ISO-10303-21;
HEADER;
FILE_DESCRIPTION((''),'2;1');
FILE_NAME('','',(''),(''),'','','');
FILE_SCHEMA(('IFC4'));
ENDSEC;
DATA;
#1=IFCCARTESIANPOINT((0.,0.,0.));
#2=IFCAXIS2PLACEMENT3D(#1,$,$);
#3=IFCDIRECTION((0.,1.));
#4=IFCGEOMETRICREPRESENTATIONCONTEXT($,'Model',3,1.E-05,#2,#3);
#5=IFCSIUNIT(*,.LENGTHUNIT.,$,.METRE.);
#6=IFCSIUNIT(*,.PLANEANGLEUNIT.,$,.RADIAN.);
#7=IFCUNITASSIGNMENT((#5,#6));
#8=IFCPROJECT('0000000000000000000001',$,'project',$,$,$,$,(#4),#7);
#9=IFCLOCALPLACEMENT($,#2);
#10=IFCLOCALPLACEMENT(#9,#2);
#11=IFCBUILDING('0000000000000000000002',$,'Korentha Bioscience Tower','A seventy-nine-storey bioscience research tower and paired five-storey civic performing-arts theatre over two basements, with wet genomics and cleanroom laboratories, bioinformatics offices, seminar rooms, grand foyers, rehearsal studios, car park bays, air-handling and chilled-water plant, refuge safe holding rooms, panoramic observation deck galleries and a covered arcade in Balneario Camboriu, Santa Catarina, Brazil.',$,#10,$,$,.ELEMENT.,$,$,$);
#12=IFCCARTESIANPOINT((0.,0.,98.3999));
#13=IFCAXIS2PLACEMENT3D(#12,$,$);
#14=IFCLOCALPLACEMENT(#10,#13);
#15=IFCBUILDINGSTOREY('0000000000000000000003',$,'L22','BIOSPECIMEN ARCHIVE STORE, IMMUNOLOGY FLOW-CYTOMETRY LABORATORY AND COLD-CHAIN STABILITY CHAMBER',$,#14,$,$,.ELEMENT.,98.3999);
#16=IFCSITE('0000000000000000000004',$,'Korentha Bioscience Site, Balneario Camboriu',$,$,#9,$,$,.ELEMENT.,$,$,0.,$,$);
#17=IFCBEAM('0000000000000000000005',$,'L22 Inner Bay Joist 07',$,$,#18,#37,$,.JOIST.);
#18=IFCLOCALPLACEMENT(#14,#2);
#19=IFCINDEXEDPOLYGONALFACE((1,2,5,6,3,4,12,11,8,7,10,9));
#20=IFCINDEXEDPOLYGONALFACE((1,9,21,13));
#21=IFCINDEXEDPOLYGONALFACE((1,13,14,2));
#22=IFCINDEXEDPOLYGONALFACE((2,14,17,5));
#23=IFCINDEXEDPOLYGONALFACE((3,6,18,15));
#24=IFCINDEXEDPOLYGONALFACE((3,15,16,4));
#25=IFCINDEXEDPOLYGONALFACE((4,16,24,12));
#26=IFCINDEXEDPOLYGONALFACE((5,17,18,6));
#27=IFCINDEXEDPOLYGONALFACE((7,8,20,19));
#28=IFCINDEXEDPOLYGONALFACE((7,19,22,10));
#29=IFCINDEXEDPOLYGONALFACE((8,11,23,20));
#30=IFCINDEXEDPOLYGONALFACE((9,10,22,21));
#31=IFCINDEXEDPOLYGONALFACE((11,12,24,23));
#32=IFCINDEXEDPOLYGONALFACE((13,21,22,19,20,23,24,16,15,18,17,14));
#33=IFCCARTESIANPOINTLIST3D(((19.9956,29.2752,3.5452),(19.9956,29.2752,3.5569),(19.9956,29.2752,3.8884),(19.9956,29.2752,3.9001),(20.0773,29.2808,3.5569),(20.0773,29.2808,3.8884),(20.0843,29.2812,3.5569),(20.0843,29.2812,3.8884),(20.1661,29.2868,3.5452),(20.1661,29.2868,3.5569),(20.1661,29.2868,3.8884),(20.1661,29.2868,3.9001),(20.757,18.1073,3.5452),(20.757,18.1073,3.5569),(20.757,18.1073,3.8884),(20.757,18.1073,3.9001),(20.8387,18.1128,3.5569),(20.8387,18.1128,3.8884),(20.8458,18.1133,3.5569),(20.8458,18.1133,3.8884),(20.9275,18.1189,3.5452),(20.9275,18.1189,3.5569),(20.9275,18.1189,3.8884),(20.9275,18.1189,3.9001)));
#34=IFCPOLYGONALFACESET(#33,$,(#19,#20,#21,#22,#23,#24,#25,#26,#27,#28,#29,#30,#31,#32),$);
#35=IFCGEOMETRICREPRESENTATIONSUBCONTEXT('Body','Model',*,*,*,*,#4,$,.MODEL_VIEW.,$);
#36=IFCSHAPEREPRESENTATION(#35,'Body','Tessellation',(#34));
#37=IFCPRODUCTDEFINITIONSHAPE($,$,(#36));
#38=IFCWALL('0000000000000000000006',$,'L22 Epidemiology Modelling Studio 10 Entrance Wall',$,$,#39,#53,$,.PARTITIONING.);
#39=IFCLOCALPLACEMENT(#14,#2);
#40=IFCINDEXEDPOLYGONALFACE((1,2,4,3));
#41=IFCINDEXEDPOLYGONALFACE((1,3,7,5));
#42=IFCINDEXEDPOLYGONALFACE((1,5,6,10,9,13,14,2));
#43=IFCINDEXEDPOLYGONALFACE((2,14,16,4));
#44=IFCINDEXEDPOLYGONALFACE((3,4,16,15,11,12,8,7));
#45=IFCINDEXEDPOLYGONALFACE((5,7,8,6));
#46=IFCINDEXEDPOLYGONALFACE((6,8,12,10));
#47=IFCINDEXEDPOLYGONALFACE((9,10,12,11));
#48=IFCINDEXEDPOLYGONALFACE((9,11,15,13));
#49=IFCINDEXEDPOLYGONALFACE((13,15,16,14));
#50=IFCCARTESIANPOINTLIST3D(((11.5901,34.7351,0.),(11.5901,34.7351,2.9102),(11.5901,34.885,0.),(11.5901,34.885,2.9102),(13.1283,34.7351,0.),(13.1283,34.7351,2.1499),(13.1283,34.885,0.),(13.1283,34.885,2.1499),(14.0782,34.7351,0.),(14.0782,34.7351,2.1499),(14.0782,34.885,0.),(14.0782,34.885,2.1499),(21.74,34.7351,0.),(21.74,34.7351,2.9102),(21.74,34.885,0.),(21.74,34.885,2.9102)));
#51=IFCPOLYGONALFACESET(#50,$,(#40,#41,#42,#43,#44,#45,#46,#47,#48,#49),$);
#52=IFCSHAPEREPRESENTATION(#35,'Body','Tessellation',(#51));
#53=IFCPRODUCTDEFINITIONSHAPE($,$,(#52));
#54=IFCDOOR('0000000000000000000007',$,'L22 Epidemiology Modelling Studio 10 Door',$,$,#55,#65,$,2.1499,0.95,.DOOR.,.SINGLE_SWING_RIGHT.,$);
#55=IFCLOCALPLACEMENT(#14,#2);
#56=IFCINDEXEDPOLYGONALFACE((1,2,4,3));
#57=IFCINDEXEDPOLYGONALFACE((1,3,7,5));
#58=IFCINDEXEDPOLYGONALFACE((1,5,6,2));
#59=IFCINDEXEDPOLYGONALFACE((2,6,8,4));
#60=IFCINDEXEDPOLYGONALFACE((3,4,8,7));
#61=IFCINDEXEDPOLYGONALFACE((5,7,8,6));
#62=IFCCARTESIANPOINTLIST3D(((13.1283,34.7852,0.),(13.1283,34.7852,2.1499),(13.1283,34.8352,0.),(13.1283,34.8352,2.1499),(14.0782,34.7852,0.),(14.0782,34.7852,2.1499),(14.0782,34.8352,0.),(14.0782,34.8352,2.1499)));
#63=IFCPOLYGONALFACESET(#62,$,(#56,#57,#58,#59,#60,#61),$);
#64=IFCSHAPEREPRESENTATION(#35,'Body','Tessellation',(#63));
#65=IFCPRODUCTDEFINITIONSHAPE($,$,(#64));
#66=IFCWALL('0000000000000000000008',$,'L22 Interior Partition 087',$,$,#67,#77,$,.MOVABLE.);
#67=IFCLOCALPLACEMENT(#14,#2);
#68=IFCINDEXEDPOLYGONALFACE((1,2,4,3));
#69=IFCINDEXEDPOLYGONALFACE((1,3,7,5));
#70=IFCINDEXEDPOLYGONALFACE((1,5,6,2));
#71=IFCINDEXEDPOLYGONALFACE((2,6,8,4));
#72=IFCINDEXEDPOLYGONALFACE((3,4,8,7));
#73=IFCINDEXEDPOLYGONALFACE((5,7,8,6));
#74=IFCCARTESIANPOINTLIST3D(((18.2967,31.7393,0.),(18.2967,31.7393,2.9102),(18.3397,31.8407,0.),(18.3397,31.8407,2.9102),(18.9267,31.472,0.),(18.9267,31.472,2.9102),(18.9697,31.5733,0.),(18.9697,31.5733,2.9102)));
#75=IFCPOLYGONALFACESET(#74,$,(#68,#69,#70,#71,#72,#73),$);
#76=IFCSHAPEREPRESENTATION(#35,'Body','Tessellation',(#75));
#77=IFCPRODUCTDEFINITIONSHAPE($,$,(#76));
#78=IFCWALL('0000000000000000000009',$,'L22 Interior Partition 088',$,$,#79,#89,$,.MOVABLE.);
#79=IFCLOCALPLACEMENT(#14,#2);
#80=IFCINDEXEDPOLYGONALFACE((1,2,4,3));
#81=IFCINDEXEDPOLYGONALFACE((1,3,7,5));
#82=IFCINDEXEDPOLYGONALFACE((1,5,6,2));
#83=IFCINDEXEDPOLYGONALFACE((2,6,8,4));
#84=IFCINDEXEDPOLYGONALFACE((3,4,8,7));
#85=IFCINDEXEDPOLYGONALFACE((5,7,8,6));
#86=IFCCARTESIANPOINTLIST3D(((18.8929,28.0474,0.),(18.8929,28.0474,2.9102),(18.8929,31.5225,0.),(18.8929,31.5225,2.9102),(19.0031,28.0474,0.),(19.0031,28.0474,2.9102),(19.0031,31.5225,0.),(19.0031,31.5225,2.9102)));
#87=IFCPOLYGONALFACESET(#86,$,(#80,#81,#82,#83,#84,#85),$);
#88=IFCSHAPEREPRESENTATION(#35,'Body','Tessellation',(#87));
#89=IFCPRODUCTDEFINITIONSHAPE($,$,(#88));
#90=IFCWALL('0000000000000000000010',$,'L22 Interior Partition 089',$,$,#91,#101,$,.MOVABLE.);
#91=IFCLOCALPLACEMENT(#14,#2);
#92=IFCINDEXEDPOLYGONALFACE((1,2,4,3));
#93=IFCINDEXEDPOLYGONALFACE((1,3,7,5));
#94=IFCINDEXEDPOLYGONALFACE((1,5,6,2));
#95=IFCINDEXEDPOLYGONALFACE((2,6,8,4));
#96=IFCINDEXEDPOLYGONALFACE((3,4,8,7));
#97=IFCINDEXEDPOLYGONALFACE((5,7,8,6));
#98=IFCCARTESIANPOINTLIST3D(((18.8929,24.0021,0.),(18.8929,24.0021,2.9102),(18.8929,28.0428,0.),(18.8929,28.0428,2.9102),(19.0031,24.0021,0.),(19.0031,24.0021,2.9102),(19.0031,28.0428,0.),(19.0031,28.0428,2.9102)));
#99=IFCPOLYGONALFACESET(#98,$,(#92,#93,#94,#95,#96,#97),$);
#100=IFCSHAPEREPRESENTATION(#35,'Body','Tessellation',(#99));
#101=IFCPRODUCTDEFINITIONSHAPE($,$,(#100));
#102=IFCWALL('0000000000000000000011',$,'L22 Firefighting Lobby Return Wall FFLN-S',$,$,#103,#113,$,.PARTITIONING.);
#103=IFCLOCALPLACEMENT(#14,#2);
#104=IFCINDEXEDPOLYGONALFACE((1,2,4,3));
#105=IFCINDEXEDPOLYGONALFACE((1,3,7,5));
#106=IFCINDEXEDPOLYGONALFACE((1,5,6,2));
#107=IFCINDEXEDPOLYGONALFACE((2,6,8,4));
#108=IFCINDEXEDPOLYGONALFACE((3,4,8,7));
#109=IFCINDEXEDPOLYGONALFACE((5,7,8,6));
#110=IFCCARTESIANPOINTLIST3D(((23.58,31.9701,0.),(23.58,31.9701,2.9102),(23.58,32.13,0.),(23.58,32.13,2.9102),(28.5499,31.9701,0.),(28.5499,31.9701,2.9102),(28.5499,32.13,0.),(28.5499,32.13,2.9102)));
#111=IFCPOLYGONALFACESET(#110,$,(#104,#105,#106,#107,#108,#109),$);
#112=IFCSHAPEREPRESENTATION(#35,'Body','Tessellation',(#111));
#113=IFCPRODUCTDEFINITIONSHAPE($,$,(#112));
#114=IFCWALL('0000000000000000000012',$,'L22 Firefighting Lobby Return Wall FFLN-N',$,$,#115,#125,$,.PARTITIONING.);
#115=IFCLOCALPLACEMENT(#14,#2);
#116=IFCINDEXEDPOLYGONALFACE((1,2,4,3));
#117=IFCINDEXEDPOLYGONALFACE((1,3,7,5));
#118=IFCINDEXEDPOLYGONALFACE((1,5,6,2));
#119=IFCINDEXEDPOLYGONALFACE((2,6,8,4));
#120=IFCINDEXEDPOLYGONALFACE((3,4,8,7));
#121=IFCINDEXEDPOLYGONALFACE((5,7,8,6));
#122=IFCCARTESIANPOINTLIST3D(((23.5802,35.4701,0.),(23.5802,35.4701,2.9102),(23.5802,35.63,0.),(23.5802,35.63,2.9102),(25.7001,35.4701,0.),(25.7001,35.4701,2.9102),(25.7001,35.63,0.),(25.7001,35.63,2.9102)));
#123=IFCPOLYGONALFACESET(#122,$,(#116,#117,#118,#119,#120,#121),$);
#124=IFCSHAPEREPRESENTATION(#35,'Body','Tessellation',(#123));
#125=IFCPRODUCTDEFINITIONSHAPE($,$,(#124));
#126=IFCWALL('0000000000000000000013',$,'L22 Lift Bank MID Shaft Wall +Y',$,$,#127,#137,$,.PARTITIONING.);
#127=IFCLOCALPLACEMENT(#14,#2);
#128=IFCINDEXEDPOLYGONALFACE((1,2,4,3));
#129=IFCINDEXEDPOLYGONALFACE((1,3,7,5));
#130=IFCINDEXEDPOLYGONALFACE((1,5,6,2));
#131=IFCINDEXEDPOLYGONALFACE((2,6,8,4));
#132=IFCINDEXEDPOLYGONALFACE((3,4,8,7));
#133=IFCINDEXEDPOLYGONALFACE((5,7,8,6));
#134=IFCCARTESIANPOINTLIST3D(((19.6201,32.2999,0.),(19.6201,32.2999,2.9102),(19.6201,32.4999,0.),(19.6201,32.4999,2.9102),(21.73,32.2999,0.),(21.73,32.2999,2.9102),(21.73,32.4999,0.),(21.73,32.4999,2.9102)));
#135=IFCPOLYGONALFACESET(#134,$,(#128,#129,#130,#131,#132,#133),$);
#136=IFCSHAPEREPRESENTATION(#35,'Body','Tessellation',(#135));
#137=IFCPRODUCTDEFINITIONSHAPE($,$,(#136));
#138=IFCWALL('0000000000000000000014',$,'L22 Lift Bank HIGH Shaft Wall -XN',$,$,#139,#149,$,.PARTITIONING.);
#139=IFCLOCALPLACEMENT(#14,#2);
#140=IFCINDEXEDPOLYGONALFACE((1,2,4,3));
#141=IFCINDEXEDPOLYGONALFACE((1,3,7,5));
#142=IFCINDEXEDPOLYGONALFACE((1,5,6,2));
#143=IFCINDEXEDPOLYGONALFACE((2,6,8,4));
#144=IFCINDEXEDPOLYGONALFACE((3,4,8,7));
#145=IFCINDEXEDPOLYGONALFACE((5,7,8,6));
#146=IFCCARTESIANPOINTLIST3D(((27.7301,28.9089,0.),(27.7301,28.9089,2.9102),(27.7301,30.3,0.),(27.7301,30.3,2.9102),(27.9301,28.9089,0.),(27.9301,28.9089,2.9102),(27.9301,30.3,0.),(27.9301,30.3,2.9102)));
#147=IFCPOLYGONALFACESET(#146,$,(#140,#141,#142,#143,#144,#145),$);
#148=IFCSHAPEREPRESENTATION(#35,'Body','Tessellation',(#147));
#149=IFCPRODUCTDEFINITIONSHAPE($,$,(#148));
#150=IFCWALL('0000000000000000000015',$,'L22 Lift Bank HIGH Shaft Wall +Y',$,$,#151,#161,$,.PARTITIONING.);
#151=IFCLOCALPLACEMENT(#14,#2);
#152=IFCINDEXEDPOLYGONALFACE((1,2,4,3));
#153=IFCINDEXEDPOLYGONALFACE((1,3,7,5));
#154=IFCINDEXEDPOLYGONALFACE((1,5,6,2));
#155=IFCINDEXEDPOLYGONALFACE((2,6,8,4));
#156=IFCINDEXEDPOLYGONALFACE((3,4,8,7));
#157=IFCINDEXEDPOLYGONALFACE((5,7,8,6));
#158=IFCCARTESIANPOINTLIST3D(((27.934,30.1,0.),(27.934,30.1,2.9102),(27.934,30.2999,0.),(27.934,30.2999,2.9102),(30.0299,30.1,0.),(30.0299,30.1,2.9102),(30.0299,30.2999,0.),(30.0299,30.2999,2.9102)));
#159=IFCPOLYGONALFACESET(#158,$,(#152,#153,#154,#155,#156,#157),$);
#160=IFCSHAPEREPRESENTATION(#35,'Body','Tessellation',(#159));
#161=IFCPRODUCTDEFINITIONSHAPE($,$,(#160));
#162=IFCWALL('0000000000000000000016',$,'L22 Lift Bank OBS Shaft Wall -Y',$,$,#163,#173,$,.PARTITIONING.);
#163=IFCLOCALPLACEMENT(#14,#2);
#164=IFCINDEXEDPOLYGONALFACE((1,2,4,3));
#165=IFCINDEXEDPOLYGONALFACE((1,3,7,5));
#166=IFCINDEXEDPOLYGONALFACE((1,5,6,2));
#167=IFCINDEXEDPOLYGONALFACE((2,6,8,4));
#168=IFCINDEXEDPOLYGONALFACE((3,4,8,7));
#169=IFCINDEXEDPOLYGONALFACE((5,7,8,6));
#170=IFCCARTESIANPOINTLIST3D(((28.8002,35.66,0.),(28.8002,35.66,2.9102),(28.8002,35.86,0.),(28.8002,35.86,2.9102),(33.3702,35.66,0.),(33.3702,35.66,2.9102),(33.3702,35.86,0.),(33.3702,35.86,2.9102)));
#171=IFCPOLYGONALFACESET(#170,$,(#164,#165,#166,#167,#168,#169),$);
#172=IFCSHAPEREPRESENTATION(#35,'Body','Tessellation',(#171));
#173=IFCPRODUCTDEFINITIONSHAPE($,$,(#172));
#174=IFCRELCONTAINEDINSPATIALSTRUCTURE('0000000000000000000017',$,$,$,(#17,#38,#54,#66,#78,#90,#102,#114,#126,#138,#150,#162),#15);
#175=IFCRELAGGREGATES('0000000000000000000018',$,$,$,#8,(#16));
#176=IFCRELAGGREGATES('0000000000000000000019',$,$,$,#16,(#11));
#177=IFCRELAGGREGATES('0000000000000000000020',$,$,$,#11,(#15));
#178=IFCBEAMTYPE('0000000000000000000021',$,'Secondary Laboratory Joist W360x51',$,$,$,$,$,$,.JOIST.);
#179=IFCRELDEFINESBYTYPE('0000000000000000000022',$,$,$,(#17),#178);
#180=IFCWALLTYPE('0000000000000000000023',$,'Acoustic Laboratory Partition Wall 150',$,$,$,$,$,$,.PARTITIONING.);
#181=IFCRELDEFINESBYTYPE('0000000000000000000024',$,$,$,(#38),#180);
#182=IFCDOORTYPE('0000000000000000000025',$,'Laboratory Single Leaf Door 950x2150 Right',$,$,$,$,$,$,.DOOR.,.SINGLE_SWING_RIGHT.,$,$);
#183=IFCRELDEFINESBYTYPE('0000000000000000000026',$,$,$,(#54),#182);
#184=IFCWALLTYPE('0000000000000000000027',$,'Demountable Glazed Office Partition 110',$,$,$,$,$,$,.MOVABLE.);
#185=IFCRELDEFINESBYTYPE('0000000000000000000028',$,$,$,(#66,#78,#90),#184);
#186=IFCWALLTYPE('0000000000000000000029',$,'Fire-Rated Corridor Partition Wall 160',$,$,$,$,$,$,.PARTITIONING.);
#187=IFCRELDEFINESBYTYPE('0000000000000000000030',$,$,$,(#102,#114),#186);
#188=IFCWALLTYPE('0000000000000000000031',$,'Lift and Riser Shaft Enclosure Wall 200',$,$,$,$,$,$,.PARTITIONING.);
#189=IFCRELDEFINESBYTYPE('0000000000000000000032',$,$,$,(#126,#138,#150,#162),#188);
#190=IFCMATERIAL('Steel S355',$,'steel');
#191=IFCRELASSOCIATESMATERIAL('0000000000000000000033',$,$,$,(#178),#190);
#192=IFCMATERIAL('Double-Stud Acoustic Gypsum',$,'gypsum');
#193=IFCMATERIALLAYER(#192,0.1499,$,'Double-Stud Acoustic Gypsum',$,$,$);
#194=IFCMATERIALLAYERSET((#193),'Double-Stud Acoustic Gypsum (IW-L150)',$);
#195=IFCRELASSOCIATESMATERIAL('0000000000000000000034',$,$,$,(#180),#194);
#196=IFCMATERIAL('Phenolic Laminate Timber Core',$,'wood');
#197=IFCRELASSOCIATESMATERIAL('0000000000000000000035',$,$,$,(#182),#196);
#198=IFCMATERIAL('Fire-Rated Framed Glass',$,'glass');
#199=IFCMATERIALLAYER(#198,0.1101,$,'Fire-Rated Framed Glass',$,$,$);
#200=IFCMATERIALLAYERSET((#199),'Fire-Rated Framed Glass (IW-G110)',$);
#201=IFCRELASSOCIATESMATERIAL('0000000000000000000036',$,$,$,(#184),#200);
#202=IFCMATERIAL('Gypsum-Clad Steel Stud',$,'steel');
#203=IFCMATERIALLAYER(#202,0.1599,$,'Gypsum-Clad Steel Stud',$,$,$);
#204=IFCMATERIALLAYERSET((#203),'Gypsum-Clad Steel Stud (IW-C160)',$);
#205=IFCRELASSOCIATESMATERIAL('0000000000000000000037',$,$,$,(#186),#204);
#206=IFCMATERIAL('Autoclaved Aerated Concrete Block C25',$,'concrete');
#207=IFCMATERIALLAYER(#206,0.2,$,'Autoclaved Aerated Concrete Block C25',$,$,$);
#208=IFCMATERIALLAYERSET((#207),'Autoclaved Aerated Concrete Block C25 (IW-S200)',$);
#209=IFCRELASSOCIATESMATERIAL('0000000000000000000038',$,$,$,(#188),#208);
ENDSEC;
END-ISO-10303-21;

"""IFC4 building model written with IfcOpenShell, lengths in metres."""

from ifc_helpers import new_model, si_unit, direction, frame, frame_2d, origin, origin_2d, place, context, subcontext, project, spatial, rectangle, i_section, extrude, material, layer, layer_set, material_profile, profile_set, type_object, element, fill, save


model = new_model("IFC4")

# Units and contexts
model_context = context("Model", 3, precision=1e-05, world=origin(), true_north=direction((0.0, 1.0)))
body_context = subcontext(model_context, "Body", "Model", "MODEL_VIEW")
ifc_project = project(units=[si_unit("LENGTHUNIT", "METRE"), si_unit("PLANEANGLEUNIT", "RADIAN")], contexts=[model_context])

# Site, building, storey
site_placement = place(None, origin())
site = spatial("IfcSite", under=ifc_project, at=site_placement, Name="Korentha Bioscience Site, Balneario Camboriu", CompositionType="ELEMENT", RefElevation=0.0)
building_placement = place(site_placement, origin())
building = spatial("IfcBuilding", under=site, at=building_placement, Name="Korentha Bioscience Tower", Description="A seventy-nine-storey bioscience research tower and paired five-storey civic performing-arts theatre over two basements, with wet genomics and cleanroom laboratories, bioinformatics offices, seminar rooms, grand foyers, rehearsal studios, car park bays, air-handling and chilled-water plant, refuge safe holding rooms, panoramic observation deck galleries and a covered arcade in Balneario Camboriu, Santa Catarina, Brazil.", CompositionType="ELEMENT")
storey_placement = place(building_placement, frame((0.0, 0.0, 98.3999)))
storey = spatial("IfcBuildingStorey", under=building, at=storey_placement, Name="L22", Description="BIOSPECIMEN ARCHIVE STORE, IMMUNOLOGY FLOW-CYTOMETRY LABORATORY AND COLD-CHAIN STABILITY CHAMBER", CompositionType="ELEMENT", Elevation=98.3999)

# Beam
ifc_material_1 = material(Name="Steel S355", Category="steel")
ifc_material_profile_1 = material_profile(ifc_material_1, i_section(OverallWidth=0.1709, OverallDepth=0.355, WebThickness=0.0071, FlangeThickness=0.0117, at=origin_2d()), Name="Steel S355")
ifc_profile_set_1 = profile_set([ifc_material_profile_1], Name="Steel S355 (JB-360)")
beam_type_1 = type_object("IfcBeamType", Name="Secondary Laboratory Joist W360x51", PredefinedType="JOIST", material=ifc_profile_set_1)
beam_1_placement = place(storey_placement, frame((20.0808, 29.281, 3.7227), z_axis=(0.068026, -0.997684, 0.0), x_axis=(0.997684, 0.068026, 0.0)))
element("IfcBeam", 1, at=beam_1_placement, inside=storey, type_object=beam_type_1, Name="L22 Inner Bay Joist 07", PredefinedType="JOIST", context=body_context, shape_type="SweptSolid", body=[
    extrude(i_section(OverallWidth=0.1709, OverallDepth=0.355, WebThickness=0.0071, FlangeThickness=0.0117, at=origin_2d()), origin(), (0.0, 0.0, 1.0), 11.1938),
])

# Wall, opening, door
ifc_material_2 = material(Name="Double-Stud Acoustic Gypsum", Category="gypsum")
ifc_layer_1 = layer(ifc_material_2, 0.1499, Name="Double-Stud Acoustic Gypsum")
ifc_layer_set_1 = layer_set([ifc_layer_1], Name="Double-Stud Acoustic Gypsum (IW-L150)")
wall_type_1 = type_object("IfcWallType", Name="Acoustic Laboratory Partition Wall 150", PredefinedType="PARTITIONING", material=ifc_layer_set_1)
wall_1_placement = place(storey_placement, frame((21.74, 34.8101, 0.0), z_axis=(0.0, 0.0, 1.0), x_axis=(-1.0, 0.0, 0.0)))
wall_1 = element("IfcWall", 2, at=wall_1_placement, inside=storey, type_object=wall_type_1, Name="L22 Epidemiology Modelling Studio 10 Entrance Wall", PredefinedType="PARTITIONING", context=body_context, shape_type="SweptSolid", body=[
    extrude(rectangle(XDim=10.1499, YDim=0.1499, at=frame_2d((5.075, 0.0))), origin(), (0.0, 0.0, 1.0), 2.9102),
])
opening_1_placement = place(wall_1_placement, frame((7.6616, 0.0, 0.0)))
opening_1 = element("IfcOpeningElement", 3, at=opening_1_placement, cuts=wall_1, PredefinedType="OPENING", context=body_context, shape_type="SweptSolid", body=[
    extrude(rectangle(XDim=0.95, YDim=2.1499, at=frame_2d((0.4751, 1.075))), frame((0.0, 0.0898, 0.0), z_axis=(0.0, -1.0, 0.0), x_axis=(1.0, 0.0, 0.0)), (0.0, 0.0, 1.0), 0.1797),
])
ifc_material_3 = material(Name="Phenolic Laminate Timber Core", Category="wood")
door_type_1 = type_object("IfcDoorType", Name="Laboratory Single Leaf Door 950x2150 Right", OperationType="SINGLE_SWING_RIGHT", PredefinedType="DOOR", material=ifc_material_3)
door_1_placement = place(opening_1_placement, origin())
door_1 = element("IfcDoor", 4, at=door_1_placement, inside=storey, type_object=door_type_1, Name="L22 Epidemiology Modelling Studio 10 Door", OperationType="SINGLE_SWING_RIGHT", OverallHeight=2.1499, OverallWidth=0.95, PredefinedType="DOOR", context=body_context, shape_type="SweptSolid", body=[
    extrude(rectangle(XDim=0.95, YDim=2.1499, at=frame_2d((0.4751, 1.075))), frame((0.0, 0.0249, 0.0), z_axis=(0.0, -1.0, 0.0), x_axis=(1.0, 0.0, 0.0)), (0.0, 0.0, 1.0), 0.05),
])
fill(opening_1, door_1)

# Walls
ifc_material_4 = material(Name="Fire-Rated Framed Glass", Category="glass")
ifc_layer_2 = layer(ifc_material_4, 0.1101, Name="Fire-Rated Framed Glass")
ifc_layer_set_2 = layer_set([ifc_layer_2], Name="Fire-Rated Framed Glass (IW-G110)")
wall_type_2 = type_object("IfcWallType", Name="Demountable Glazed Office Partition 110", PredefinedType="MOVABLE", material=ifc_layer_set_2)
wall_2_placement = place(storey_placement, frame((18.3181, 31.79, 0.0), z_axis=(0.0, 0.0, 1.0), x_axis=(0.920523, -0.390687, 0.0)))
element("IfcWall", 5, at=wall_2_placement, inside=storey, type_object=wall_type_2, Name="L22 Interior Partition 087", PredefinedType="MOVABLE", context=body_context, shape_type="SweptSolid", body=[
    extrude(rectangle(XDim=0.6843, YDim=0.1101, at=frame_2d((0.3423, 0.0))), origin(), (0.0, 0.0, 1.0), 2.9102),
])
wall_3_placement = place(storey_placement, frame((18.948, 31.5225, 0.0), z_axis=(0.0, 0.0, 1.0), x_axis=(0.0, -1.0, 0.0)))
element("IfcWall", 6, at=wall_3_placement, inside=storey, type_object=wall_type_2, Name="L22 Interior Partition 088", PredefinedType="MOVABLE", context=body_context, shape_type="SweptSolid", body=[
    extrude(rectangle(XDim=3.4751, YDim=0.1101, at=frame_2d((1.7375, 0.0))), origin(), (0.0, 0.0, 1.0), 2.9102),
])
wall_4_placement = place(storey_placement, frame((18.948, 28.043, 0.0), z_axis=(0.0, 0.0, 1.0), x_axis=(0.0, -1.0, 0.0)))
element("IfcWall", 7, at=wall_4_placement, inside=storey, type_object=wall_type_2, Name="L22 Interior Partition 089", PredefinedType="MOVABLE", context=body_context, shape_type="SweptSolid", body=[
    extrude(rectangle(XDim=4.0408, YDim=0.1101, at=frame_2d((2.0205, 0.0))), origin(), (0.0, 0.0, 1.0), 2.9102),
])

# Shared definitions
ifc_material_5 = material(Name="Gypsum-Clad Steel Stud", Category="steel")
ifc_layer_3 = layer(ifc_material_5, 0.1599, Name="Gypsum-Clad Steel Stud")
ifc_layer_set_3 = layer_set([ifc_layer_3], Name="Gypsum-Clad Steel Stud (IW-C160)")
wall_type_3 = type_object("IfcWallType", Name="Fire-Rated Corridor Partition Wall 160", PredefinedType="PARTITIONING", material=ifc_layer_set_3)

# Walls
wall_5_placement = place(storey_placement, frame((23.5801, 32.05, 0.0), z_axis=(0.0, 0.0, 1.0), x_axis=(1.0, 0.0, 0.0)))
element("IfcWall", 8, at=wall_5_placement, inside=storey, type_object=wall_type_3, Name="L22 Firefighting Lobby Return Wall FFLN-S", PredefinedType="PARTITIONING", context=body_context, shape_type="SweptSolid", body=[
    extrude(rectangle(XDim=4.97, YDim=0.1599, at=frame_2d((2.4849, 0.0))), origin(), (0.0, 0.0, 1.0), 2.9102),
])
wall_6_placement = place(storey_placement, frame((23.5801, 35.55, 0.0), z_axis=(0.0, 0.0, 1.0), x_axis=(1.0, 0.0, 0.0)))
element("IfcWall", 9, at=wall_6_placement, inside=storey, type_object=wall_type_3, Name="L22 Firefighting Lobby Return Wall FFLN-N", PredefinedType="PARTITIONING", context=body_context, shape_type="SweptSolid", body=[
    extrude(rectangle(XDim=2.1199, YDim=0.1599, at=frame_2d((1.0601, 0.0))), origin(), (0.0, 0.0, 1.0), 2.9102),
])
ifc_material_6 = material(Name="Autoclaved Aerated Concrete Block C25", Category="concrete")
ifc_layer_4 = layer(ifc_material_6, 0.2, Name="Autoclaved Aerated Concrete Block C25")
ifc_layer_set_4 = layer_set([ifc_layer_4], Name="Autoclaved Aerated Concrete Block C25 (IW-S200)")
wall_type_4 = type_object("IfcWallType", Name="Lift and Riser Shaft Enclosure Wall 200", PredefinedType="PARTITIONING", material=ifc_layer_set_4)
wall_7_placement = place(storey_placement, frame((19.6201, 32.3999, 0.0), z_axis=(0.0, 0.0, 1.0), x_axis=(1.0, 0.0, 0.0)))
element("IfcWall", 10, at=wall_7_placement, inside=storey, type_object=wall_type_4, Name="L22 Lift Bank MID Shaft Wall +Y", PredefinedType="PARTITIONING", context=body_context, shape_type="SweptSolid", body=[
    extrude(rectangle(XDim=2.1099, YDim=0.2, at=frame_2d((1.0549, 0.0))), origin(), (0.0, 0.0, 1.0), 2.9102),
])
wall_8_placement = place(storey_placement, frame((27.8301, 28.9089, 0.0), z_axis=(0.0, 0.0, 1.0), x_axis=(0.0, 1.0, 0.0)))
element("IfcWall", 11, at=wall_8_placement, inside=storey, type_object=wall_type_4, Name="L22 Lift Bank HIGH Shaft Wall -XN", PredefinedType="PARTITIONING", context=body_context, shape_type="SweptSolid", body=[
    extrude(rectangle(XDim=1.3911, YDim=0.2, at=frame_2d((0.6956, 0.0))), origin(), (0.0, 0.0, 1.0), 2.9102),
])
wall_9_placement = place(storey_placement, frame((27.9341, 30.2, 0.0), z_axis=(0.0, 0.0, 1.0), x_axis=(1.0, 0.0, 0.0)))
element("IfcWall", 12, at=wall_9_placement, inside=storey, type_object=wall_type_4, Name="L22 Lift Bank HIGH Shaft Wall +Y", PredefinedType="PARTITIONING", context=body_context, shape_type="SweptSolid", body=[
    extrude(rectangle(XDim=2.0959, YDim=0.2, at=frame_2d((1.0479, 0.0))), origin(), (0.0, 0.0, 1.0), 2.9102),
])
wall_10_placement = place(storey_placement, frame((28.8, 35.76, 0.0), z_axis=(0.0, 0.0, 1.0), x_axis=(1.0, 0.0, 0.0)))
element("IfcWall", 13, at=wall_10_placement, inside=storey, type_object=wall_type_4, Name="L22 Lift Bank OBS Shaft Wall -Y", PredefinedType="PARTITIONING", context=body_context, shape_type="SweptSolid", body=[
    extrude(rectangle(XDim=4.5701, YDim=0.2, at=frame_2d((2.2852, 0.0))), origin(), (0.0, 0.0, 1.0), 2.9102),
])

save(model, "model.ifc")
